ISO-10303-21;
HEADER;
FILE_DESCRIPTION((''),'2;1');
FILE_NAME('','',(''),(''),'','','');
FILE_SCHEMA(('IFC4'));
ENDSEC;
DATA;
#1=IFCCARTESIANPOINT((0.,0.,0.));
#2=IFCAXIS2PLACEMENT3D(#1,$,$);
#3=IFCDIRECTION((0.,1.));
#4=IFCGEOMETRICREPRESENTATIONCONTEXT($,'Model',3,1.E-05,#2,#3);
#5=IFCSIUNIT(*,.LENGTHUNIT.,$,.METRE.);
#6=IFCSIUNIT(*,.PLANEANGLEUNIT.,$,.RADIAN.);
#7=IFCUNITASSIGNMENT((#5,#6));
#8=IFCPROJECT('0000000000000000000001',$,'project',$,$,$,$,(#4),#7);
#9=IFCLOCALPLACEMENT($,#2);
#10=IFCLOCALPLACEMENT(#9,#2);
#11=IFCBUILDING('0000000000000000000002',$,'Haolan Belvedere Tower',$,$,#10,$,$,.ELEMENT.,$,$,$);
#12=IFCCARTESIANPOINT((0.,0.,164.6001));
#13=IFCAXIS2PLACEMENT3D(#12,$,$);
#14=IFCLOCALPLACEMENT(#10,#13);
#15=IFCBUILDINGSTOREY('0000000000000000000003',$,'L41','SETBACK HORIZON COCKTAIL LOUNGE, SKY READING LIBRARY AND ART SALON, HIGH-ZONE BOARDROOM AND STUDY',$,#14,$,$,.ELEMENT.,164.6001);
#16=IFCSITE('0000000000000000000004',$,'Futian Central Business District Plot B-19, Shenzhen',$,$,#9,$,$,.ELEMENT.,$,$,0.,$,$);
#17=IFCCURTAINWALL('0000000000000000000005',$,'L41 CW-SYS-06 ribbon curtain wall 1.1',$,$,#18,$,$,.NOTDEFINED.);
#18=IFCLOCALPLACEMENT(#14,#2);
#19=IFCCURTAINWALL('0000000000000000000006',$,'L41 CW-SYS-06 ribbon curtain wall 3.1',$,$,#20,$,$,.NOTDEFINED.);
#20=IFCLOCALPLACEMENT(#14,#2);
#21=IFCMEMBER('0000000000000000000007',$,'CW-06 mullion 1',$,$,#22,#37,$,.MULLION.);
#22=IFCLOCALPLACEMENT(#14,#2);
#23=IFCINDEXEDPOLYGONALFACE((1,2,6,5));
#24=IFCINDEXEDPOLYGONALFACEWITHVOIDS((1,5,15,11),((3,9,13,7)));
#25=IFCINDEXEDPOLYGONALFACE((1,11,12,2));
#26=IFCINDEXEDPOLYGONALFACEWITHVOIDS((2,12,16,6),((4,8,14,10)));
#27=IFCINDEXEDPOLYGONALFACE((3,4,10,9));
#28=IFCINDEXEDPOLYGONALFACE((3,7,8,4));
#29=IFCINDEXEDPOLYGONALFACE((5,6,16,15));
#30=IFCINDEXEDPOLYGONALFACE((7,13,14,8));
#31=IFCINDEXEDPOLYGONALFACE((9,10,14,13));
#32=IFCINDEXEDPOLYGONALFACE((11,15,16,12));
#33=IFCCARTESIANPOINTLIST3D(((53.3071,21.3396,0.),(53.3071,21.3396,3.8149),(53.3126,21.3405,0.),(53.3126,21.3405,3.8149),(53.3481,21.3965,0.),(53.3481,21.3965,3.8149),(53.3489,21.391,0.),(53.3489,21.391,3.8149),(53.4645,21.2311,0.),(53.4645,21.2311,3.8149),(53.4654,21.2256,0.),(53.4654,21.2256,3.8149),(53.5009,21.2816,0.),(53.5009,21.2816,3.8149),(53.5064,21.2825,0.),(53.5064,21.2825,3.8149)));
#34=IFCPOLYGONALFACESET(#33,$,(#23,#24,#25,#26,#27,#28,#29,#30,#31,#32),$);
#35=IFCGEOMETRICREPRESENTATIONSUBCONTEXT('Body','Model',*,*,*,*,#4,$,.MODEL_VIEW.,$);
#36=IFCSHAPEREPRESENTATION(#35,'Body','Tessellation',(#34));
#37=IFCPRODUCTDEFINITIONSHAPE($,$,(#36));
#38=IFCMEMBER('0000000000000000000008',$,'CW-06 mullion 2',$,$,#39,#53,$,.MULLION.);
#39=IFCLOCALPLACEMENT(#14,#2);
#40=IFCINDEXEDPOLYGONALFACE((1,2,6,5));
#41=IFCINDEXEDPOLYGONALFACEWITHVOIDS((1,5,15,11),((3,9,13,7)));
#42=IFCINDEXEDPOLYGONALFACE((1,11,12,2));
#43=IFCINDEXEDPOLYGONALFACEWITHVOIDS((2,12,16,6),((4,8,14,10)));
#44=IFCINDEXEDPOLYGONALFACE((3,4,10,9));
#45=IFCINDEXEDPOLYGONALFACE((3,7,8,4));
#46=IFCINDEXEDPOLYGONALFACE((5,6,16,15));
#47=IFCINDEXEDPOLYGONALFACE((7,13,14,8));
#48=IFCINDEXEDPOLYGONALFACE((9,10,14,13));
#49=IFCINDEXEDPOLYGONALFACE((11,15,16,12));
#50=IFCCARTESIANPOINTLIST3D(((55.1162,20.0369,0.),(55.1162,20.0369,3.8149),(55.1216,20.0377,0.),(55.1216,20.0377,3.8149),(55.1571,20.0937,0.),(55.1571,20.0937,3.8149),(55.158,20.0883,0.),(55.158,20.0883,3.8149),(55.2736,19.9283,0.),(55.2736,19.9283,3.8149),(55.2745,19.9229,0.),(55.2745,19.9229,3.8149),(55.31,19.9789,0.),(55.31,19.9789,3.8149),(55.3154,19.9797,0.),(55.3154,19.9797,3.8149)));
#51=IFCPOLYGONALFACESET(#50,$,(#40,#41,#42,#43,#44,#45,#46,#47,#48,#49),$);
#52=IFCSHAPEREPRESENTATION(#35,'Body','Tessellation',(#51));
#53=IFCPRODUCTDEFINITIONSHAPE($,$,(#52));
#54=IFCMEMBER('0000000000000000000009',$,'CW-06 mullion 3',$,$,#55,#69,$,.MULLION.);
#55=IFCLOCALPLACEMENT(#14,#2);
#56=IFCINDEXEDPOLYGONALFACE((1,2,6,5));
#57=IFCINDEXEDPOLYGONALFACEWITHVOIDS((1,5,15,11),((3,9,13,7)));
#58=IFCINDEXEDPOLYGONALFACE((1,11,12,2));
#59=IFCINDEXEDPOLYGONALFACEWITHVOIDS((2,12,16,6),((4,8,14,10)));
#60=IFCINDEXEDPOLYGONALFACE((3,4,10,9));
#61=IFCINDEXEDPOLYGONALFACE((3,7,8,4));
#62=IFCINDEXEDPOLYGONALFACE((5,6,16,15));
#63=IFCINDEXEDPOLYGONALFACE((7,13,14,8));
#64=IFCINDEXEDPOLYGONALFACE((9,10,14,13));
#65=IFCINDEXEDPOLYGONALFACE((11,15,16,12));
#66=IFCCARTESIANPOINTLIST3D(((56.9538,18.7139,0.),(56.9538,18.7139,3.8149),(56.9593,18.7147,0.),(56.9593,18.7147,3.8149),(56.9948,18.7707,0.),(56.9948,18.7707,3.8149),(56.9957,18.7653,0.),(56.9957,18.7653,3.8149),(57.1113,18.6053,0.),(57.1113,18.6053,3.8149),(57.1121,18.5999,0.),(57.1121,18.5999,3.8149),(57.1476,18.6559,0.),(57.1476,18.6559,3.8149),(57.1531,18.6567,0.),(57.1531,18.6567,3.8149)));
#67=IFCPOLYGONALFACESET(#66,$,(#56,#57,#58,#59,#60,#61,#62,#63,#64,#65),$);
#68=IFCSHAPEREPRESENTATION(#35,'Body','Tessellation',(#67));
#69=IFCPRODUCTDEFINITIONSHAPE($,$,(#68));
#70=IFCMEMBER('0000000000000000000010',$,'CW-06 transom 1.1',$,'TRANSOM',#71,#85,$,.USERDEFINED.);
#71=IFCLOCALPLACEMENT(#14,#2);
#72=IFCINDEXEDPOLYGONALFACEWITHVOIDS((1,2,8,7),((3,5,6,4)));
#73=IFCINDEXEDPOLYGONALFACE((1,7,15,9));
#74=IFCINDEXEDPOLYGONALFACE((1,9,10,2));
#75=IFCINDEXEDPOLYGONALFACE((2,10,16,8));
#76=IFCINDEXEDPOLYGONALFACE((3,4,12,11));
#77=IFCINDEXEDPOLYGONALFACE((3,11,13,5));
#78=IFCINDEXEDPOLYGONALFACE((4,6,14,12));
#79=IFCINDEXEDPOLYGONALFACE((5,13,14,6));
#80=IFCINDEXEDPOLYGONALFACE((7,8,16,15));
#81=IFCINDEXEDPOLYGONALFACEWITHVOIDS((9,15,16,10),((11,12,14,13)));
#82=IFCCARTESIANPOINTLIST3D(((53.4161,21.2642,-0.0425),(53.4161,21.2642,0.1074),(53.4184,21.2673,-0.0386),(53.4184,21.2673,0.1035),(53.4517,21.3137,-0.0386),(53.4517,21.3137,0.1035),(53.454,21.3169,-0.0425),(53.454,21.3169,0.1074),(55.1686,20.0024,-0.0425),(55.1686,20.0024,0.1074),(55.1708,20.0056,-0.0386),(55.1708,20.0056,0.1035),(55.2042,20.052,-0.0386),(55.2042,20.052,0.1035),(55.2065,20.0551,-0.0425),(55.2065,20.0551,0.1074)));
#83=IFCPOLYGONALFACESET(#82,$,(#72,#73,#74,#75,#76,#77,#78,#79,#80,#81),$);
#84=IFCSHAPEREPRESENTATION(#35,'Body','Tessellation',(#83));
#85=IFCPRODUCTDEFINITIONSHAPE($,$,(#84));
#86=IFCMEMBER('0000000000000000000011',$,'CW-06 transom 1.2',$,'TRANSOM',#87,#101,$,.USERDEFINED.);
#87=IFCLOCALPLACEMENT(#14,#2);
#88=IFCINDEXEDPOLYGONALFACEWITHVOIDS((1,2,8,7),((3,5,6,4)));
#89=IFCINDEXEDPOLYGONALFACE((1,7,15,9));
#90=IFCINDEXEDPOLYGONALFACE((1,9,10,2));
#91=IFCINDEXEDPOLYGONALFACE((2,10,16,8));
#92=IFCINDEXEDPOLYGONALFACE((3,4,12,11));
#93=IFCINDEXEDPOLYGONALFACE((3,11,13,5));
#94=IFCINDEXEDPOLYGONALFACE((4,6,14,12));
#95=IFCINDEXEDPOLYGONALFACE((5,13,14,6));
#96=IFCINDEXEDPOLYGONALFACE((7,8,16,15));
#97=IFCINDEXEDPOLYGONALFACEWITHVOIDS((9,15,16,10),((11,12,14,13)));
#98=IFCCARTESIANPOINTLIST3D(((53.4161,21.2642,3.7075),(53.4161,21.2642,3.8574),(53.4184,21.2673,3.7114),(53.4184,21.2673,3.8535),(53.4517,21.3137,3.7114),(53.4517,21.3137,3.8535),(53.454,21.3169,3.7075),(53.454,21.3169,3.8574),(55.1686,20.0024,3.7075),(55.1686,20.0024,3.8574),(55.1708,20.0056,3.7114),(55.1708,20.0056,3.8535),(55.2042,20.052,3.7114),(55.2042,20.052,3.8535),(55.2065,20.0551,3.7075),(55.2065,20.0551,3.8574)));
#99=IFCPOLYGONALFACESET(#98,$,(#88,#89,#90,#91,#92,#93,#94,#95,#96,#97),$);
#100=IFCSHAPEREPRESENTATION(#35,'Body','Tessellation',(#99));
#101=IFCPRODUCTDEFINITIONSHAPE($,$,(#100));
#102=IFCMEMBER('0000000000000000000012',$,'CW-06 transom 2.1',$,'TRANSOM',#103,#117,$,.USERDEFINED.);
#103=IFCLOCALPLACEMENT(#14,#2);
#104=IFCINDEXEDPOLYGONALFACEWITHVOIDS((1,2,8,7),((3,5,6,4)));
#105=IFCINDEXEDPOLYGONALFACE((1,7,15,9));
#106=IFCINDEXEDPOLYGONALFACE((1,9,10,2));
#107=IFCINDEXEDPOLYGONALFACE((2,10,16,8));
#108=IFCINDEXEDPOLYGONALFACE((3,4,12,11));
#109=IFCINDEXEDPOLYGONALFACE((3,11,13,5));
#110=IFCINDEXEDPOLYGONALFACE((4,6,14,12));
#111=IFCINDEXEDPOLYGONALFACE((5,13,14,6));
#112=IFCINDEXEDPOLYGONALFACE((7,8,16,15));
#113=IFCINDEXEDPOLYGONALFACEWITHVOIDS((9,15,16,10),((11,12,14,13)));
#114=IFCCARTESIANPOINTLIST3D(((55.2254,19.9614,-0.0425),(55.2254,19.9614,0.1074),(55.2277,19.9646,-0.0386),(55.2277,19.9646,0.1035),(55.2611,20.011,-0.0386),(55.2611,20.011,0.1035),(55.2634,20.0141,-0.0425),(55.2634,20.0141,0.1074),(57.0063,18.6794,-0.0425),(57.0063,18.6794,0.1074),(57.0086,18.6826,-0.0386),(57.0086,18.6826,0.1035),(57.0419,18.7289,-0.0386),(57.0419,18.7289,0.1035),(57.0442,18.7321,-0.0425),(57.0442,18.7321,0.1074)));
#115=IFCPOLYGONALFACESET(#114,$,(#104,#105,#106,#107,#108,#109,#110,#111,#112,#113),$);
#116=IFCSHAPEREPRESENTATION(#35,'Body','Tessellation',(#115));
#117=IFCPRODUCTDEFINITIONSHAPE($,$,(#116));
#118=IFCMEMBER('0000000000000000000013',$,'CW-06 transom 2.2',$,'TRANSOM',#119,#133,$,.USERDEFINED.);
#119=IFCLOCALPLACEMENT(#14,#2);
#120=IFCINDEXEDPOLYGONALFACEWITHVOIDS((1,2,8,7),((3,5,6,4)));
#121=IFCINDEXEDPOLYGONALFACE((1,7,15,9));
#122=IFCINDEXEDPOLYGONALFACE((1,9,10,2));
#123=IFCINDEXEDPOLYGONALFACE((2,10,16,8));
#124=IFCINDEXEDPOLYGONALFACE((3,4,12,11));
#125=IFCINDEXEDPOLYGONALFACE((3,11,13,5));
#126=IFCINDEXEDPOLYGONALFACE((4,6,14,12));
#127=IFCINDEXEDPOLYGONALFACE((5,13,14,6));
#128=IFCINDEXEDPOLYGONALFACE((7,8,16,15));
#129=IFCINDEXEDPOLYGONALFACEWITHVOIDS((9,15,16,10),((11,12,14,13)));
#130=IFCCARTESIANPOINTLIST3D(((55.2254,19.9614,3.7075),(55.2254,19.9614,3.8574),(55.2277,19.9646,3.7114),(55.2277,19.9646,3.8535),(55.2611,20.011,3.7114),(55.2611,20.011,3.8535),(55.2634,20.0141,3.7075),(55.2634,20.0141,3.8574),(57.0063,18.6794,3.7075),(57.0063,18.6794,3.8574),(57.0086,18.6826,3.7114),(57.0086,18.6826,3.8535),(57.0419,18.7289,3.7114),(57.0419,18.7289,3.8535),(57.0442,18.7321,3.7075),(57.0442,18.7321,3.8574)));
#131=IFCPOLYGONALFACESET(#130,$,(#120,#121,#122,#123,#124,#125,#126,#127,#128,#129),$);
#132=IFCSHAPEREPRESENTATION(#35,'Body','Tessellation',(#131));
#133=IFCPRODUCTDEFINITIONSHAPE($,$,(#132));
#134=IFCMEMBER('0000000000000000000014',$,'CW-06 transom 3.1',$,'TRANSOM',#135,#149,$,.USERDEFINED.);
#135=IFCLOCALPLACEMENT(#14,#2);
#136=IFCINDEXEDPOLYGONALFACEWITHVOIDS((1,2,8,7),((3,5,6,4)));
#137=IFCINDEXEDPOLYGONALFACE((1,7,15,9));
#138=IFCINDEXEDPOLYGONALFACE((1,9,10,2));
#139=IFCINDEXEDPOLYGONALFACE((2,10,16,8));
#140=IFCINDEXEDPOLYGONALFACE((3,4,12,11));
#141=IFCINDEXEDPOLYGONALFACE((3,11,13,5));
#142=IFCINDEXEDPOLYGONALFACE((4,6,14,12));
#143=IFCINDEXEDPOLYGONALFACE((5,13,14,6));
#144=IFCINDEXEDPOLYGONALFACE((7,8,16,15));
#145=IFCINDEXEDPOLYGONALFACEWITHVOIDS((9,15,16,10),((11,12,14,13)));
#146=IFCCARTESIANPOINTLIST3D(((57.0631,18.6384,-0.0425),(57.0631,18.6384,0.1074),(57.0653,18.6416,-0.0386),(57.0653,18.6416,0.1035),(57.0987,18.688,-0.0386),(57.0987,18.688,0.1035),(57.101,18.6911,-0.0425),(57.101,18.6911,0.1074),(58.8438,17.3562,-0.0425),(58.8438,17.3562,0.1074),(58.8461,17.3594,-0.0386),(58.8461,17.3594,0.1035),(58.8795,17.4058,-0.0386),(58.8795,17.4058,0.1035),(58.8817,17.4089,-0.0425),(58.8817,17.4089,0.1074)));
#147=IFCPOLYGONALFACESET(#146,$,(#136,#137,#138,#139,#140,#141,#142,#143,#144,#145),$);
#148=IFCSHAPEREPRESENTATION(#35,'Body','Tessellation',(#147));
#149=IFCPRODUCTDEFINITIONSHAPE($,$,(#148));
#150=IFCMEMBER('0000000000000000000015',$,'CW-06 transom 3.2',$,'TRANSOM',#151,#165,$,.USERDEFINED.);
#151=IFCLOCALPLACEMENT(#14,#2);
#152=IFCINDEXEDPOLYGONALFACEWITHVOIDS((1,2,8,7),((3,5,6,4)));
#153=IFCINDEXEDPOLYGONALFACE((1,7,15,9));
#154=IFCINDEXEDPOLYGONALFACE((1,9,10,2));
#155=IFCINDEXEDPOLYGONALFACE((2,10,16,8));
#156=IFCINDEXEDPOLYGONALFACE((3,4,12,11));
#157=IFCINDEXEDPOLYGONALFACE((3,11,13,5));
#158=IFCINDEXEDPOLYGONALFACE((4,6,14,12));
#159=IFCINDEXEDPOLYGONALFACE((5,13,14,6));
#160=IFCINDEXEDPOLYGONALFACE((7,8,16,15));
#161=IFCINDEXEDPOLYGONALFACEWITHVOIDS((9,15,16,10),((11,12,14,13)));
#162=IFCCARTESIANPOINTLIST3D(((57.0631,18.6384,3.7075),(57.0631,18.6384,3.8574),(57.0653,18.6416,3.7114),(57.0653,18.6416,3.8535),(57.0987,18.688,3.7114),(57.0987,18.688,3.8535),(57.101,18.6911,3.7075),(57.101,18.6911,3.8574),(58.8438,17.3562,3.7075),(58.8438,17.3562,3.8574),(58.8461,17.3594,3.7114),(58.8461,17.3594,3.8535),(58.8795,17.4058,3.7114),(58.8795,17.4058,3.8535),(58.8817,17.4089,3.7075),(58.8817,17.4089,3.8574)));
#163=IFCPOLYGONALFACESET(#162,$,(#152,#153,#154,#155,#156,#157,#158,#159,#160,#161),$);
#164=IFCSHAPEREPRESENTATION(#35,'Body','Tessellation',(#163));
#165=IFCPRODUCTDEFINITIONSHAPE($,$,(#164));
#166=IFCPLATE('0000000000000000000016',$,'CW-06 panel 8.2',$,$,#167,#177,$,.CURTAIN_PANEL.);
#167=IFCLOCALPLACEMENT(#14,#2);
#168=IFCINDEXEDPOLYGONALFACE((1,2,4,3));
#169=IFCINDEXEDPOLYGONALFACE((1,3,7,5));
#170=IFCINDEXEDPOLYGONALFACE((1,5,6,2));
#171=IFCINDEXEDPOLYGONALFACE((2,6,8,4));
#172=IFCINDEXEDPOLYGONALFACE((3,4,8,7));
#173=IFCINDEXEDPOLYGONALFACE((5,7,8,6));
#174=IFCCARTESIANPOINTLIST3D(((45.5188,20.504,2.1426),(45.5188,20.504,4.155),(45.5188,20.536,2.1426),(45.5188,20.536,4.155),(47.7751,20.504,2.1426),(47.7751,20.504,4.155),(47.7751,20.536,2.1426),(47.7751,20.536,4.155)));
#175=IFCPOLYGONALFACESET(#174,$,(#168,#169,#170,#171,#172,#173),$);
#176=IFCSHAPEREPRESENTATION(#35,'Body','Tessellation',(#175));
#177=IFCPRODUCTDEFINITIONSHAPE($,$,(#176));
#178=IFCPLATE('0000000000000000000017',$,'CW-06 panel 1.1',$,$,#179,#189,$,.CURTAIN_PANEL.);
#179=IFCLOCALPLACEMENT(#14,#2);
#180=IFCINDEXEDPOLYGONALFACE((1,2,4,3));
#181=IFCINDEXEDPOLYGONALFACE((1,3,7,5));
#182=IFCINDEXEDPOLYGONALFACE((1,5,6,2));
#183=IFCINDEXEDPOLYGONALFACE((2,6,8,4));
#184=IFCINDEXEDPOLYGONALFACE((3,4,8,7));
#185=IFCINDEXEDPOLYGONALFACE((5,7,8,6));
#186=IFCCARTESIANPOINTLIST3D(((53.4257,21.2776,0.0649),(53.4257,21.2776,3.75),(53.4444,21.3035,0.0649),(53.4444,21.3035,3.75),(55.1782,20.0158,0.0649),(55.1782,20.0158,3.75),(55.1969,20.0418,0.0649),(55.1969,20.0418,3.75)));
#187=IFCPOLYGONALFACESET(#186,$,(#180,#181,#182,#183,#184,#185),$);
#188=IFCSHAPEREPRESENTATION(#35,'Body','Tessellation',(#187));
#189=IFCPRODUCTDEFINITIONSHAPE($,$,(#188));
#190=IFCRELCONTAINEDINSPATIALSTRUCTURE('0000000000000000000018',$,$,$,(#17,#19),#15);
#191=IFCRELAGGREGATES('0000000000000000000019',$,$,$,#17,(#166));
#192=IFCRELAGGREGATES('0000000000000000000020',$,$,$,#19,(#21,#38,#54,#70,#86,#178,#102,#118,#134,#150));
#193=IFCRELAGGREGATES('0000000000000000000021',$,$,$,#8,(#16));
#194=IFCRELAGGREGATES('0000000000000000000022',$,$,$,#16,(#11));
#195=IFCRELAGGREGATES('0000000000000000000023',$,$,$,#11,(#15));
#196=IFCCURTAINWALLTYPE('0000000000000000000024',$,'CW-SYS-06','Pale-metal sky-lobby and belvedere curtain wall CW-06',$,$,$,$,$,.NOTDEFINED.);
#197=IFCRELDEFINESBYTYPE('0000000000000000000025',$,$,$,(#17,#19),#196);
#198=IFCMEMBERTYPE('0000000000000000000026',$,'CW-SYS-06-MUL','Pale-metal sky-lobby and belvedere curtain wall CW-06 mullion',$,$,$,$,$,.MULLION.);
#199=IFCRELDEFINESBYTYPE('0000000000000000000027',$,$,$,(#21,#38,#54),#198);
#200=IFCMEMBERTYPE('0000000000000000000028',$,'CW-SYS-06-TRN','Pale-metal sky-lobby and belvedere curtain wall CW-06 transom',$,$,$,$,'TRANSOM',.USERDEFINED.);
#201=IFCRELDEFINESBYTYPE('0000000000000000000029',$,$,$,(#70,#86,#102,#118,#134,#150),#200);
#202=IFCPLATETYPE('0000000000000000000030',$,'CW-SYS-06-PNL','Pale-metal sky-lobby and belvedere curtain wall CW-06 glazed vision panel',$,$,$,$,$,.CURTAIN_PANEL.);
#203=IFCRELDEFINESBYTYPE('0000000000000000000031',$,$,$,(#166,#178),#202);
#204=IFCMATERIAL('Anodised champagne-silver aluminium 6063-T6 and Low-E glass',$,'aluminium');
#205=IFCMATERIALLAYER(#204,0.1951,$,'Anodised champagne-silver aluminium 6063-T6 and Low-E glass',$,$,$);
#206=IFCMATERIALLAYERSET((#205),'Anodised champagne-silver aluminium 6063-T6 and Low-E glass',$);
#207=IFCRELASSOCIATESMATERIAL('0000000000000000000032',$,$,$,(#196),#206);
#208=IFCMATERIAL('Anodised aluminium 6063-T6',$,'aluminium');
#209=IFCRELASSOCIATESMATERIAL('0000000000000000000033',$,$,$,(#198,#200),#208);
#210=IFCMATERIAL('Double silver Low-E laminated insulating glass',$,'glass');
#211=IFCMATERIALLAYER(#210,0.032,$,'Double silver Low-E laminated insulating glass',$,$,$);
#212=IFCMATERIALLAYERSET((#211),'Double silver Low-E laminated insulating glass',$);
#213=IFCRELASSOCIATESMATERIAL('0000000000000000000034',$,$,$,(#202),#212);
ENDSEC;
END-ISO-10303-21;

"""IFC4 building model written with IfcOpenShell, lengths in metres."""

from ifc_helpers import new_model, si_unit, direction, frame, origin, origin_2d, place, context, subcontext, project, spatial, rectangle, hollow_rectangle, extrude, material, layer, layer_set, material_profile, profile_set, type_object, element, aggregate, save


model = new_model("IFC4")

# Units and contexts
model_context = context("Model", 3, precision=1e-05, world=origin(), true_north=direction((0.0, 1.0)))
body_context = subcontext(model_context, "Body", "Model", "MODEL_VIEW")
ifc_project = project(units=[si_unit("LENGTHUNIT", "METRE"), si_unit("PLANEANGLEUNIT", "RADIAN")], contexts=[model_context])

# Site, building, storey
site_placement = place(None, origin())
site = spatial("IfcSite", under=ifc_project, at=site_placement, Name="Futian Central Business District Plot B-19, Shenzhen", CompositionType="ELEMENT", RefElevation=0.0)
building_placement = place(site_placement, origin())
building = spatial("IfcBuilding", under=site, at=building_placement, Name="Haolan Belvedere Tower", CompositionType="ELEMENT")
storey_placement = place(building_placement, frame((0.0, 0.0, 164.6001)))
storey = spatial("IfcBuildingStorey", under=building, at=storey_placement, Name="L41", Description="SETBACK HORIZON COCKTAIL LOUNGE, SKY READING LIBRARY AND ART SALON, HIGH-ZONE BOARDROOM AND STUDY", CompositionType="ELEMENT", Elevation=164.6001)

# Curtain wall
ifc_material_1 = material(Name="Anodised champagne-silver aluminium 6063-T6 and Low-E glass", Category="aluminium")
ifc_layer_1 = layer(ifc_material_1, 0.1951, Name="Anodised champagne-silver aluminium 6063-T6 and Low-E glass")
ifc_layer_set_1 = layer_set([ifc_layer_1], Name="Anodised champagne-silver aluminium 6063-T6 and Low-E glass")
curtain_wall_type = type_object("IfcCurtainWallType", Name="CW-SYS-06", Description="Pale-metal sky-lobby and belvedere curtain wall CW-06", PredefinedType="NOTDEFINED", material=ifc_layer_set_1)
curtain_wall_1_placement = place(storey_placement, origin())
curtain_wall_1 = element("IfcCurtainWall", 1, at=curtain_wall_1_placement, inside=storey, type_object=curtain_wall_type, Name="L41 CW-SYS-06 ribbon curtain wall 1.1", PredefinedType="NOTDEFINED")
ifc_material_2 = material(Name="Anodised aluminium 6063-T6", Category="aluminium")
ifc_material_profile_1 = material_profile(ifc_material_2, hollow_rectangle(XDim=0.0701, YDim=0.1951, WallThickness=0.0039, at=origin_2d()), Name="Anodised aluminium 6063-T6")
ifc_profile_set_1 = profile_set([ifc_material_profile_1], Name="Anodised aluminium 6063-T6")
member_type_1 = type_object("IfcMemberType", Name="CW-SYS-06-MUL", Description="Pale-metal sky-lobby and belvedere curtain wall CW-06 mullion", PredefinedType="MULLION", material=ifc_profile_set_1)

# Curtain wall, members
curtain_wall_2_placement = place(storey_placement, origin())
curtain_wall_2 = element("IfcCurtainWall", 2, at=curtain_wall_2_placement, inside=storey, type_object=curtain_wall_type, Name="L41 CW-SYS-06 ribbon curtain wall 3.1", PredefinedType="NOTDEFINED")
member_1_placement = place(storey_placement, frame((53.4067, 21.311, 0.0), z_axis=(0.0, 0.0, 1.0), x_axis=(0.584297, 0.81154, 0.0)))
member_1 = element("IfcMember", 3, at=member_1_placement, type_object=member_type_1, Name="CW-06 mullion 1", PredefinedType="MULLION", context=body_context, shape_type="SweptSolid", body=[
    extrude(hollow_rectangle(XDim=0.0701, YDim=0.1951, WallThickness=0.0039, at=origin_2d()), origin(), (0.0, 0.0, 1.0), 3.8149),
])
member_2_placement = place(storey_placement, frame((55.2158, 20.0083, 0.0), z_axis=(0.0, 0.0, 1.0), x_axis=(0.584297, 0.81154, 0.0)))
member_2 = element("IfcMember", 4, at=member_2_placement, type_object=member_type_1, Name="CW-06 mullion 2", PredefinedType="MULLION", context=body_context, shape_type="SweptSolid", body=[
    extrude(hollow_rectangle(XDim=0.0701, YDim=0.1951, WallThickness=0.0039, at=origin_2d()), origin(), (0.0, 0.0, 1.0), 3.8149),
])
member_3_placement = place(storey_placement, frame((57.0535, 18.6853, 0.0), z_axis=(0.0, 0.0, 1.0), x_axis=(0.584297, 0.81154, 0.0)))
member_3 = element("IfcMember", 5, at=member_3_placement, type_object=member_type_1, Name="CW-06 mullion 3", PredefinedType="MULLION", context=body_context, shape_type="SweptSolid", body=[
    extrude(hollow_rectangle(XDim=0.0701, YDim=0.1951, WallThickness=0.0039, at=origin_2d()), origin(), (0.0, 0.0, 1.0), 3.8149),
])
ifc_material_profile_2 = material_profile(ifc_material_2, hollow_rectangle(XDim=0.0649, YDim=0.1499, WallThickness=0.0039, at=origin_2d()), Name="Anodised aluminium 6063-T6")
ifc_profile_set_2 = profile_set([ifc_material_profile_2], Name="Anodised aluminium 6063-T6")
member_type_2 = type_object("IfcMemberType", Name="CW-SYS-06-TRN", Description="Pale-metal sky-lobby and belvedere curtain wall CW-06 transom", ElementType="TRANSOM", PredefinedType="USERDEFINED", material=ifc_profile_set_2)
member_4_placement = place(storey_placement, frame((53.4351, 21.2905, 0.0325), z_axis=(0.811543, -0.584293, 0.0), x_axis=(0.584293, 0.811543, 0.0)))
member_4 = element("IfcMember", 6, at=member_4_placement, type_object=member_type_2, Name="CW-06 transom 1.1", ObjectType="TRANSOM", PredefinedType="USERDEFINED", context=body_context, shape_type="SweptSolid", body=[
    extrude(hollow_rectangle(XDim=0.0649, YDim=0.1499, WallThickness=0.0039, at=origin_2d()), origin(), (0.0, 0.0, 1.0), 2.1594),
])
member_5_placement = place(storey_placement, frame((53.4351, 21.2905, 3.7825), z_axis=(0.811543, -0.584293, 0.0), x_axis=(0.584293, 0.811543, 0.0)))
member_5 = element("IfcMember", 7, at=member_5_placement, type_object=member_type_2, Name="CW-06 transom 1.2", ObjectType="TRANSOM", PredefinedType="USERDEFINED", context=body_context, shape_type="SweptSolid", body=[
    extrude(hollow_rectangle(XDim=0.0649, YDim=0.1499, WallThickness=0.0039, at=origin_2d()), origin(), (0.0, 0.0, 1.0), 2.1594),
])
member_6_placement = place(storey_placement, frame((55.2444, 19.9878, 0.0325), z_axis=(0.81157, -0.584255, 0.0), x_axis=(0.584255, 0.81157, 0.0)))
member_6 = element("IfcMember", 8, at=member_6_placement, type_object=member_type_2, Name="CW-06 transom 2.1", ObjectType="TRANSOM", PredefinedType="USERDEFINED", context=body_context, shape_type="SweptSolid", body=[
    extrude(hollow_rectangle(XDim=0.0649, YDim=0.1499, WallThickness=0.0039, at=origin_2d()), origin(), (0.0, 0.0, 1.0), 2.1943),
])
member_7_placement = place(storey_placement, frame((55.2444, 19.9878, 3.7825), z_axis=(0.81157, -0.584255, 0.0), x_axis=(0.584255, 0.81157, 0.0)))
member_7 = element("IfcMember", 9, at=member_7_placement, type_object=member_type_2, Name="CW-06 transom 2.2", ObjectType="TRANSOM", PredefinedType="USERDEFINED", context=body_context, shape_type="SweptSolid", body=[
    extrude(hollow_rectangle(XDim=0.0649, YDim=0.1499, WallThickness=0.0039, at=origin_2d()), origin(), (0.0, 0.0, 1.0), 2.1943),
])
member_8_placement = place(storey_placement, frame((57.082, 18.6648, 0.0325), z_axis=(0.811517, -0.584328, 0.0), x_axis=(0.584328, 0.811517, 0.0)))
member_8 = element("IfcMember", 10, at=member_8_placement, type_object=member_type_2, Name="CW-06 transom 3.1", ObjectType="TRANSOM", PredefinedType="USERDEFINED", context=body_context, shape_type="SweptSolid", body=[
    extrude(hollow_rectangle(XDim=0.0649, YDim=0.1499, WallThickness=0.0039, at=origin_2d()), origin(), (0.0, 0.0, 1.0), 2.1943),
])
member_9_placement = place(storey_placement, frame((57.082, 18.6648, 3.7825), z_axis=(0.811517, -0.584328, 0.0), x_axis=(0.584328, 0.811517, 0.0)))
member_9 = element("IfcMember", 11, at=member_9_placement, type_object=member_type_2, Name="CW-06 transom 3.2", ObjectType="TRANSOM", PredefinedType="USERDEFINED", context=body_context, shape_type="SweptSolid", body=[
    extrude(hollow_rectangle(XDim=0.0649, YDim=0.1499, WallThickness=0.0039, at=origin_2d()), origin(), (0.0, 0.0, 1.0), 2.1943),
])

# Plates
ifc_material_3 = material(Name="Double silver Low-E laminated insulating glass", Category="glass")
ifc_layer_2 = layer(ifc_material_3, 0.032, Name="Double silver Low-E laminated insulating glass")
ifc_layer_set_2 = layer_set([ifc_layer_2], Name="Double silver Low-E laminated insulating glass")
plate_type = type_object("IfcPlateType", Name="CW-SYS-06-PNL", Description="Pale-metal sky-lobby and belvedere curtain wall CW-06 glazed vision panel", PredefinedType="CURTAIN_PANEL", material=ifc_layer_set_2)
plate_1_placement = place(storey_placement, frame((46.647, 20.52, 2.1426), z_axis=(0.0, 0.0, 1.0), x_axis=(1.0, 0.0, 0.0)))
plate_1 = element("IfcPlate", 12, at=plate_1_placement, type_object=plate_type, Name="CW-06 panel 8.2", PredefinedType="CURTAIN_PANEL", context=body_context, shape_type="SweptSolid", body=[
    extrude(rectangle(XDim=2.2563, YDim=0.032, at=origin_2d()), origin(), (0.0, 0.0, 1.0), 2.0125),
])
aggregate(curtain_wall_1, [plate_1])
plate_2_placement = place(storey_placement, frame((54.3113, 20.6597, 0.0649), z_axis=(0.0, 0.0, 1.0), x_axis=(0.81154, -0.584297, 0.0)))
plate_2 = element("IfcPlate", 13, at=plate_2_placement, type_object=plate_type, Name="CW-06 panel 1.1", PredefinedType="CURTAIN_PANEL", context=body_context, shape_type="SweptSolid", body=[
    extrude(rectangle(XDim=2.1594, YDim=0.032, at=origin_2d()), origin(), (0.0, 0.0, 1.0), 3.6851),
])
aggregate(curtain_wall_2, [member_1, member_2, member_3, member_4, member_5, plate_2, member_6, member_7, member_8, member_9])

save(model, "model.ifc")
